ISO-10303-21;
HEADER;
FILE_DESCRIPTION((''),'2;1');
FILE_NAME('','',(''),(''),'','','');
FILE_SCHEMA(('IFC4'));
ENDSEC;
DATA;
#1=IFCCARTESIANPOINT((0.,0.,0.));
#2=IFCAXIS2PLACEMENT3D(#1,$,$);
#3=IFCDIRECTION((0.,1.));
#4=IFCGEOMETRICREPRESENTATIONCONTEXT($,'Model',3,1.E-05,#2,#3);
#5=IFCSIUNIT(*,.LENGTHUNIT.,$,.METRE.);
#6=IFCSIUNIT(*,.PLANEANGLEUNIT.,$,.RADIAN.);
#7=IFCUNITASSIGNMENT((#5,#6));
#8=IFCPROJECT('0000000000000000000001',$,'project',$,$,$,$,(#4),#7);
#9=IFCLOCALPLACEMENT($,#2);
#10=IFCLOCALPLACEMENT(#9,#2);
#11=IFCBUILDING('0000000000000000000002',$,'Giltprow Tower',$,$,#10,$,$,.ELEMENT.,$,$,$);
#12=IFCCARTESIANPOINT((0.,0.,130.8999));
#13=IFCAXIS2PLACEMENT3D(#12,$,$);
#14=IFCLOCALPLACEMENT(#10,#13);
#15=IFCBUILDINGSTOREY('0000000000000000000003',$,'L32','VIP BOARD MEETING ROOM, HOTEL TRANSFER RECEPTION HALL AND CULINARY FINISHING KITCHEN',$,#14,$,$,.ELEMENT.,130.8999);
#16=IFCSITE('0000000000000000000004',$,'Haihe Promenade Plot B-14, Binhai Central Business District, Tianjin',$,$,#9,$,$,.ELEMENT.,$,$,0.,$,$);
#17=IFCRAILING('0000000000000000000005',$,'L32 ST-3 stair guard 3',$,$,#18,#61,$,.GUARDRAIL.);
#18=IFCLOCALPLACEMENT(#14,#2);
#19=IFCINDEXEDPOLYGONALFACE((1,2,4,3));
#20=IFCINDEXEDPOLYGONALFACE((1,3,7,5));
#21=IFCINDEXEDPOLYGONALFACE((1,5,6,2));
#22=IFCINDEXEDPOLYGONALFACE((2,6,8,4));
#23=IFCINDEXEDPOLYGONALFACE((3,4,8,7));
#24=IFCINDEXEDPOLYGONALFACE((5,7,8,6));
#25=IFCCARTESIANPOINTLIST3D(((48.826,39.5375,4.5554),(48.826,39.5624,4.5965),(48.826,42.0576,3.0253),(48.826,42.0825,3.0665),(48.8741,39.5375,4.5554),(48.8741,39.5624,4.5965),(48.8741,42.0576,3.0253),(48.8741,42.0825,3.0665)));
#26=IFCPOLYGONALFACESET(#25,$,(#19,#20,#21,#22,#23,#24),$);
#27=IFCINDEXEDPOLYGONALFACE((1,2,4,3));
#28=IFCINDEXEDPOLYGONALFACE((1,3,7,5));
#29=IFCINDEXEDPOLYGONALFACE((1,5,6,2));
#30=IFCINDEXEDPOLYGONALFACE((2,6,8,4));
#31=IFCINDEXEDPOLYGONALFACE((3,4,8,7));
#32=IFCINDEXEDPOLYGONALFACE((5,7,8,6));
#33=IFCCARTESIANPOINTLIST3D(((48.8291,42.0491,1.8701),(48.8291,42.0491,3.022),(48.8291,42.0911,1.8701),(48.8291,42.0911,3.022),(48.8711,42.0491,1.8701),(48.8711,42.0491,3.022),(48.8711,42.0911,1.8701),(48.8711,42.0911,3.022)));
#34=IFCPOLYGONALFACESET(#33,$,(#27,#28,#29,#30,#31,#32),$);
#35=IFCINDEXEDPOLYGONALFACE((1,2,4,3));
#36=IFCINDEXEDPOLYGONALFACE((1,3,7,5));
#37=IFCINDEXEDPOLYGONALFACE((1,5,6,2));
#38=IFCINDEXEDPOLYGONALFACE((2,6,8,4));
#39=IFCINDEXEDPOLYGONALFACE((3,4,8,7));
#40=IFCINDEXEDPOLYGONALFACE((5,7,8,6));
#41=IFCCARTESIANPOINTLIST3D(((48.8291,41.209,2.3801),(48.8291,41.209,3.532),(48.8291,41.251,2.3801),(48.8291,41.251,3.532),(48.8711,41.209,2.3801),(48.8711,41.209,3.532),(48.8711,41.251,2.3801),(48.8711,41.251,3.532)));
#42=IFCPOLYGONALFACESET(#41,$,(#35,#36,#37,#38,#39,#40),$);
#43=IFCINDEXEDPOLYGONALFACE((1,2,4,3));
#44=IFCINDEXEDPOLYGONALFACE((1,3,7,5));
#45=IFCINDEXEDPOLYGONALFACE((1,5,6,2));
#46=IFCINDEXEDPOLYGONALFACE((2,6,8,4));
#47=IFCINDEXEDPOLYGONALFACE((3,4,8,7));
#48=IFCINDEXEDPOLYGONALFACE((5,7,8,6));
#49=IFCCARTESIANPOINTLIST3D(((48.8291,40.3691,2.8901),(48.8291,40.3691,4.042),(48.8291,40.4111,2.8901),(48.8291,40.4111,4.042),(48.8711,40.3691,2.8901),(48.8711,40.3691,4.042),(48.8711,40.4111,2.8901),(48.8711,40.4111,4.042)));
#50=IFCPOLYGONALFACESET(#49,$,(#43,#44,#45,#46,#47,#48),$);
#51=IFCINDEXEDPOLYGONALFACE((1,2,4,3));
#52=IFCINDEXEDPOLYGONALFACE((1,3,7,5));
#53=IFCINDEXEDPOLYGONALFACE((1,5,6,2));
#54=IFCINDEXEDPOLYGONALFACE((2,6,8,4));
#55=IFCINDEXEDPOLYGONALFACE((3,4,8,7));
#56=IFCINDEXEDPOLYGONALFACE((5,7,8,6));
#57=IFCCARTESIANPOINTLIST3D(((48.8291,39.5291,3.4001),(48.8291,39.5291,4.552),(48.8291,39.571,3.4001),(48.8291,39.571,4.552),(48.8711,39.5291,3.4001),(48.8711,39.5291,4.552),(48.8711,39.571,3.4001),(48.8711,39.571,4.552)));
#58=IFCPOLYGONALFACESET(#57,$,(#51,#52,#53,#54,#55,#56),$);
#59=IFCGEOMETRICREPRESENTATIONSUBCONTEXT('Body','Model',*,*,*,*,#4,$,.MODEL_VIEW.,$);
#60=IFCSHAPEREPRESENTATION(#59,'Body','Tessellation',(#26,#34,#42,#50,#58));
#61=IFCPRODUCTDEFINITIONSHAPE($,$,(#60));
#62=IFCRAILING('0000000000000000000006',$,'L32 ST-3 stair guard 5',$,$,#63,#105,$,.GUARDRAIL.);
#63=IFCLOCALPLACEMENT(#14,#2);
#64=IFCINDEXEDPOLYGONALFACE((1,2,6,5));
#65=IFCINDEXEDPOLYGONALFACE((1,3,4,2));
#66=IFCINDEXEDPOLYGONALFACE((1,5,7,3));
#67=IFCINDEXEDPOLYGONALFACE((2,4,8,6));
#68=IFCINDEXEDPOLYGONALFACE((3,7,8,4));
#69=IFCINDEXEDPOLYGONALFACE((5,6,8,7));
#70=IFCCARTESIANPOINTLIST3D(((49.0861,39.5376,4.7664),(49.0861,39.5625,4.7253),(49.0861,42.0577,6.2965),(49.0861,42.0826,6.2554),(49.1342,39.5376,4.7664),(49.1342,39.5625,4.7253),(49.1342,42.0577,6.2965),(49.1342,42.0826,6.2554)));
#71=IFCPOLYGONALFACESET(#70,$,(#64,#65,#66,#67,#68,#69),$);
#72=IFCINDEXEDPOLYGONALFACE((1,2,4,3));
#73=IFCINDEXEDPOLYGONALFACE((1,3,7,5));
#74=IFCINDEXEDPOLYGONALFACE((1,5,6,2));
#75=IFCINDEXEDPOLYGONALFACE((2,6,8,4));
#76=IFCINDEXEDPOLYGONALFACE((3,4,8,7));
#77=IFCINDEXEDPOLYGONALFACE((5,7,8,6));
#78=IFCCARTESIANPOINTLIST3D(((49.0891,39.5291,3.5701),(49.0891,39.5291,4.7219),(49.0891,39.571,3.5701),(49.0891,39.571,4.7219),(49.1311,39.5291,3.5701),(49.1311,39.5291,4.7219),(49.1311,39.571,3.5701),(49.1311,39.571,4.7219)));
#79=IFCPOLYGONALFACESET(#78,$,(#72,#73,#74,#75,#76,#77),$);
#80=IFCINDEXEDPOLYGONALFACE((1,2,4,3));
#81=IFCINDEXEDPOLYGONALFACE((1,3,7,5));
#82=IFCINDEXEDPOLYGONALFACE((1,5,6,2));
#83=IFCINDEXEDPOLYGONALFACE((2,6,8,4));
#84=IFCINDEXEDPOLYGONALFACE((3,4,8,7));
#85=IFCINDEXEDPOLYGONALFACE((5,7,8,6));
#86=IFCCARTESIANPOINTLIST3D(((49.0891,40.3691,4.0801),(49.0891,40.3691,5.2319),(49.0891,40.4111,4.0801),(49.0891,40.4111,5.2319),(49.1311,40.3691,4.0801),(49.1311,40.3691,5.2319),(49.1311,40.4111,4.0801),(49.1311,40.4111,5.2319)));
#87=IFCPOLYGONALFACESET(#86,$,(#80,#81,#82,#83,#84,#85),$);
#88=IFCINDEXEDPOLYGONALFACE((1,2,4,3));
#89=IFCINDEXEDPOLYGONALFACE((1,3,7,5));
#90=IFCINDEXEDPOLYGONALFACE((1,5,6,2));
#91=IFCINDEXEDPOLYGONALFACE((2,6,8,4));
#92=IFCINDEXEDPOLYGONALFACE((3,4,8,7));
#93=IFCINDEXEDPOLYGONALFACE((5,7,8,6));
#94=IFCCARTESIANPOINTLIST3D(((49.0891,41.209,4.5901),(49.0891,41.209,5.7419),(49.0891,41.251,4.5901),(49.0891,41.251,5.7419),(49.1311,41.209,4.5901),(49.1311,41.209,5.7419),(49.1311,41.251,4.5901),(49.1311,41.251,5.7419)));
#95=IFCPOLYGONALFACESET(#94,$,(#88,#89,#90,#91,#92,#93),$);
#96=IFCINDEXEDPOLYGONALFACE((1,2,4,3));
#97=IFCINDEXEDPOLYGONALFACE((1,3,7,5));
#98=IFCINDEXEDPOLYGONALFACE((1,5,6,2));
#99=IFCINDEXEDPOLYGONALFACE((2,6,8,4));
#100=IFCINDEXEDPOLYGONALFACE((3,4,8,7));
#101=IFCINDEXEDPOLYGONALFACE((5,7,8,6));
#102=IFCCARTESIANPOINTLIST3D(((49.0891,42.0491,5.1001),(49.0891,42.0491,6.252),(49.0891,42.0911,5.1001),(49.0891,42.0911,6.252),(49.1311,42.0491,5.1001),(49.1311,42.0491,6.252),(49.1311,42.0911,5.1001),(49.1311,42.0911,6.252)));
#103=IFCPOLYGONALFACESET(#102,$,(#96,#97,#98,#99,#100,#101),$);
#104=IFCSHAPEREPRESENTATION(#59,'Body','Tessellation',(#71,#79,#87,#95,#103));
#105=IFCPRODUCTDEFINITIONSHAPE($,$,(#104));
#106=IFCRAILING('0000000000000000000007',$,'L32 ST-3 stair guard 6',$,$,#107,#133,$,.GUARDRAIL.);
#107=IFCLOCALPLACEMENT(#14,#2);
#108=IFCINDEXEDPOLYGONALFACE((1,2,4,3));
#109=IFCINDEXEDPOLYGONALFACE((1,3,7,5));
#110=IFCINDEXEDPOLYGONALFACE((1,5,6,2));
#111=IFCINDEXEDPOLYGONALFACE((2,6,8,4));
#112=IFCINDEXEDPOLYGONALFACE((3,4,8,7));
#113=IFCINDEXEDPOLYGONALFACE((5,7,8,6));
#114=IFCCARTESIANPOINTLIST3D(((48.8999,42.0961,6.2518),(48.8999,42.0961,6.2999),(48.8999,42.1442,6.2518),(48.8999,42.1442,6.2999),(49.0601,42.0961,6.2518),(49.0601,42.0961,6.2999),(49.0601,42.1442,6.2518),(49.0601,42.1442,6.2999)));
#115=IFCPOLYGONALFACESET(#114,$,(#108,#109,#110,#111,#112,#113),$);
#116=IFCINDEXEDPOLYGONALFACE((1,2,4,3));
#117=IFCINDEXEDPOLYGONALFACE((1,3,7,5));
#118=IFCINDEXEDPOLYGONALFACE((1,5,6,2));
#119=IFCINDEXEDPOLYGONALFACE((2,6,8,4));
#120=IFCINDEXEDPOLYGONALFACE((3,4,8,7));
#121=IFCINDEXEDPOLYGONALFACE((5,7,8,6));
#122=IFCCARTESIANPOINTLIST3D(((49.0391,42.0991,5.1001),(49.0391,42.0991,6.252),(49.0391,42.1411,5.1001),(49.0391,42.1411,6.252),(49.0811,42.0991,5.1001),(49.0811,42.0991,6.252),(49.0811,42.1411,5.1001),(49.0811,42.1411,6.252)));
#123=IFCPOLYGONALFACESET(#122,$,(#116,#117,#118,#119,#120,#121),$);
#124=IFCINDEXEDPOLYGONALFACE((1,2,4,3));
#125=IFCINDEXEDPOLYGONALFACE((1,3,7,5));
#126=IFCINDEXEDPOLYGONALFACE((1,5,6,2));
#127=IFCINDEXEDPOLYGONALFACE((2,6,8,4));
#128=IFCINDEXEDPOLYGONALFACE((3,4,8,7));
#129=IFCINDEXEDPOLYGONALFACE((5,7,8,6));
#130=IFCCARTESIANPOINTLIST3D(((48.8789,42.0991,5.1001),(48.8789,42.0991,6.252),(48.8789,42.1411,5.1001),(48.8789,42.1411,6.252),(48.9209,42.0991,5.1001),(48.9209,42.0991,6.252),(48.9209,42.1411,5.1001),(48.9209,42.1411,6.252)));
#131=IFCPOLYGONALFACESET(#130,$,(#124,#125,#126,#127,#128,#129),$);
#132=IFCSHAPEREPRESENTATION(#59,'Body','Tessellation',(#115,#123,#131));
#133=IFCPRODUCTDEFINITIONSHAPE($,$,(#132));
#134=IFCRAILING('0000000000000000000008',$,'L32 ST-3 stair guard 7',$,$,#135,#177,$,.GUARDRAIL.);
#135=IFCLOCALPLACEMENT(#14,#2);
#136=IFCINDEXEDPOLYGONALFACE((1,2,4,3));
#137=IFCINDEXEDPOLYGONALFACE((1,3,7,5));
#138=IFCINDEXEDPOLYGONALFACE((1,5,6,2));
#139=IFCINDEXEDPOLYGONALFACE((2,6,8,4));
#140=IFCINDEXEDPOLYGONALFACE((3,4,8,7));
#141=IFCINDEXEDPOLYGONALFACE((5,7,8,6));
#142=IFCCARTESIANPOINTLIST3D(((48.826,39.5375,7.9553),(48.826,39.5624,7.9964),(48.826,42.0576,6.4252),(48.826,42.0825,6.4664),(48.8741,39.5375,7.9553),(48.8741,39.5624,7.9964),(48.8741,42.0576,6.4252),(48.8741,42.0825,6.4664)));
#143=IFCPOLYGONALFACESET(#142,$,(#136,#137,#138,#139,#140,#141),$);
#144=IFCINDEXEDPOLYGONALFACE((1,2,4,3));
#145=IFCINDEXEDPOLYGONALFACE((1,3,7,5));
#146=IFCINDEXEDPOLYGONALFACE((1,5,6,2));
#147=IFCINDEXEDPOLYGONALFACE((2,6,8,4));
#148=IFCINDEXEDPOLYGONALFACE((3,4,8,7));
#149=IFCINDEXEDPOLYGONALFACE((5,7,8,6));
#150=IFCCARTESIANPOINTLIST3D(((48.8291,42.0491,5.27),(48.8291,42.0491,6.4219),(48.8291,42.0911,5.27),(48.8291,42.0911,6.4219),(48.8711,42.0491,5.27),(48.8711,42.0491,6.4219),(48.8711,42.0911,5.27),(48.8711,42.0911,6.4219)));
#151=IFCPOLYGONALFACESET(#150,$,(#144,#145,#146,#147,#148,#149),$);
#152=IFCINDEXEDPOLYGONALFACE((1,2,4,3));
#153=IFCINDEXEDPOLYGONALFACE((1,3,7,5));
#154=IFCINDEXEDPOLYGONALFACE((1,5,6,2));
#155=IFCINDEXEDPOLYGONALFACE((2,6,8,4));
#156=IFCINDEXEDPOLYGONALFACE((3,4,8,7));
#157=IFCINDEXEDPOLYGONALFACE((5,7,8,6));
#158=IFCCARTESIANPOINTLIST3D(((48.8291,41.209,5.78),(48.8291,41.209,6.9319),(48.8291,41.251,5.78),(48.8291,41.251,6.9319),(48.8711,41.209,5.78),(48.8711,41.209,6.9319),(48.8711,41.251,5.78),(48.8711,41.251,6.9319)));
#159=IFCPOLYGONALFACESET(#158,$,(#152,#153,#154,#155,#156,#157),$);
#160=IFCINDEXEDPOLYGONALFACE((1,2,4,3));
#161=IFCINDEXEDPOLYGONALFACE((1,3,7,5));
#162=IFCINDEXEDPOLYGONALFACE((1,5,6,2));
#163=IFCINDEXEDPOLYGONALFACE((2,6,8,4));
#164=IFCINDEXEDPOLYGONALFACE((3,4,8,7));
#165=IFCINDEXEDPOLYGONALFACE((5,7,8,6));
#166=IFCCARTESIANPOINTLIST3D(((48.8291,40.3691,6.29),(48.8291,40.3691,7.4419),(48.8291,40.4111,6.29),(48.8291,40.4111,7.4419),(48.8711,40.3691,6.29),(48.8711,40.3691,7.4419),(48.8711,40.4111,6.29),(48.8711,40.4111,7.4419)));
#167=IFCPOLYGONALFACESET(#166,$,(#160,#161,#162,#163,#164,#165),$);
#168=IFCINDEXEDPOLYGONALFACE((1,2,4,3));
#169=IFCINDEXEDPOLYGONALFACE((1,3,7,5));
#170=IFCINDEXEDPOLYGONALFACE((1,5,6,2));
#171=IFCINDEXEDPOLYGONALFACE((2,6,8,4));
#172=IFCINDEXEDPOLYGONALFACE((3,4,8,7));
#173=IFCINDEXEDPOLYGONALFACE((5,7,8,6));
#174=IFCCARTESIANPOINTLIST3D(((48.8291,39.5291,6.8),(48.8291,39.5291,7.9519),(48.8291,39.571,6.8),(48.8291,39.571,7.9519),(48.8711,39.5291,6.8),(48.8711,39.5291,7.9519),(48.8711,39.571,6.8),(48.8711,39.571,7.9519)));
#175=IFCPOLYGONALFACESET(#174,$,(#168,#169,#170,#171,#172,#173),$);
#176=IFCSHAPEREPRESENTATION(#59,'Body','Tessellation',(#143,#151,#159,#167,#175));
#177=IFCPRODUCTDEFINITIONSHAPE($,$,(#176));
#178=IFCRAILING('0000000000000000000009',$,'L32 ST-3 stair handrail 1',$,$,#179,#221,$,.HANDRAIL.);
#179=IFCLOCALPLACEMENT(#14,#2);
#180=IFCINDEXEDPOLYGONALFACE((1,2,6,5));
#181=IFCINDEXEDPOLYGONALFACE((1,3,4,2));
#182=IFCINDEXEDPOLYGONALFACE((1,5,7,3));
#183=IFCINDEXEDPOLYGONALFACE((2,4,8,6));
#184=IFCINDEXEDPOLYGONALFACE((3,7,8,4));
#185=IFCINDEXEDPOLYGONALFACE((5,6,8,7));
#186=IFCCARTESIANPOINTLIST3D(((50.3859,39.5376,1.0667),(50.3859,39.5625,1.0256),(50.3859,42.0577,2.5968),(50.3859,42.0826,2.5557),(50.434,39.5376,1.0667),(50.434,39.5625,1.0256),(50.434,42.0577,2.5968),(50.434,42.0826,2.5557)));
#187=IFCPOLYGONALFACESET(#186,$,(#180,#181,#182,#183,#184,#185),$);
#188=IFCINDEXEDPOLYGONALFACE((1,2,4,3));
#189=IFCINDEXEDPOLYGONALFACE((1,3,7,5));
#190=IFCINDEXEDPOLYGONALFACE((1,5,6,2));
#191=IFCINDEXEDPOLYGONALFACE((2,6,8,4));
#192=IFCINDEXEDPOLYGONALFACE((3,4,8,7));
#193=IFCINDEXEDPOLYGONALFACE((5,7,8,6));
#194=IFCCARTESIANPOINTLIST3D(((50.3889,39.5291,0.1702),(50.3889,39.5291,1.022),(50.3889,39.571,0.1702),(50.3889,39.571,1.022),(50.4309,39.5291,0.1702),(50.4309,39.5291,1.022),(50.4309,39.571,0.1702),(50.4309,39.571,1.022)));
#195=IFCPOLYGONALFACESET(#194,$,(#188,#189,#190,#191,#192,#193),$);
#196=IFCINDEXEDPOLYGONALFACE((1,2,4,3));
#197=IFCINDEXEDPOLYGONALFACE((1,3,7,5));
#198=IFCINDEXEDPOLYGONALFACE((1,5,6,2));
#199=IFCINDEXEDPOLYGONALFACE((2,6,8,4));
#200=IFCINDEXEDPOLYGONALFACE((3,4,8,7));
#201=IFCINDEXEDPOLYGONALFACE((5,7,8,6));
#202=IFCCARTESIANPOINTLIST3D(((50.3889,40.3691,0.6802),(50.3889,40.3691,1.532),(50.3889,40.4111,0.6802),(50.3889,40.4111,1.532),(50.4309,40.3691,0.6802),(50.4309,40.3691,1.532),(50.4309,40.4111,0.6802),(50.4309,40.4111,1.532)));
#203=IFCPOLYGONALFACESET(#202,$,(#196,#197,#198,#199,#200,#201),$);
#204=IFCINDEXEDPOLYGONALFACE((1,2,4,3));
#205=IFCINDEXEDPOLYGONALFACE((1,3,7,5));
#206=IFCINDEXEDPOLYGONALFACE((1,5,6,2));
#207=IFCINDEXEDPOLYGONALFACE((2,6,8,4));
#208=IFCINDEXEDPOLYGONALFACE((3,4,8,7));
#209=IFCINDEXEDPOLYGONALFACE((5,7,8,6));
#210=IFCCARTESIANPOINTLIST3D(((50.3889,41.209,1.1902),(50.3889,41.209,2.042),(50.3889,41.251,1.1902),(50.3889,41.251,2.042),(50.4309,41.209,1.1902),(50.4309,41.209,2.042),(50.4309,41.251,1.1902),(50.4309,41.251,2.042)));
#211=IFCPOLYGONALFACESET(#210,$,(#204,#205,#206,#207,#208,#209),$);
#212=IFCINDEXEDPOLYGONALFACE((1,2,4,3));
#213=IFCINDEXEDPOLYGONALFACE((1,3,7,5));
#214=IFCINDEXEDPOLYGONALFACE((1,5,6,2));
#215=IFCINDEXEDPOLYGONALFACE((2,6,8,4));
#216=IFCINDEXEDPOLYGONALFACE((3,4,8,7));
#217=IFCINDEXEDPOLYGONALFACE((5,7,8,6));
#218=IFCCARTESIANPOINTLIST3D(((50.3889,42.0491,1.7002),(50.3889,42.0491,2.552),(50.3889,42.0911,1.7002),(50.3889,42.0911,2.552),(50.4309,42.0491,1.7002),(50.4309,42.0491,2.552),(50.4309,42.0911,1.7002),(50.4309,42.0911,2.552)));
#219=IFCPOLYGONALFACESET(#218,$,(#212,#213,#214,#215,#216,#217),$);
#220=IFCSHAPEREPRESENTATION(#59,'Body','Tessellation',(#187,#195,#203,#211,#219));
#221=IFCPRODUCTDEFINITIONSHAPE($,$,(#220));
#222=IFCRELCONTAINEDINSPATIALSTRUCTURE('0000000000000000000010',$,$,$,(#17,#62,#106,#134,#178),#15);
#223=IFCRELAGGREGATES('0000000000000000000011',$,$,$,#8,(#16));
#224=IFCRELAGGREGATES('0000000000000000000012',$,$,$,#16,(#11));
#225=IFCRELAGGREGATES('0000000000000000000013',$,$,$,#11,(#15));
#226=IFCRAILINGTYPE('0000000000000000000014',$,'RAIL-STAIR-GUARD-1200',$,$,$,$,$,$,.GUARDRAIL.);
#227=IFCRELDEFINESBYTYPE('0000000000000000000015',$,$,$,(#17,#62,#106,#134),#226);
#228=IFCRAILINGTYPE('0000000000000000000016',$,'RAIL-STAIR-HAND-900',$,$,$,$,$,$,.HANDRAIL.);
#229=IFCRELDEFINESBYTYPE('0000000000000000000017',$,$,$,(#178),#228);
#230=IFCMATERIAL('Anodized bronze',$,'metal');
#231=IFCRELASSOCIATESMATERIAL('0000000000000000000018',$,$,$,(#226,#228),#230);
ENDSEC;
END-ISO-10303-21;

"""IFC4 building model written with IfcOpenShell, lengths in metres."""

from ifc_helpers import new_model, si_unit, direction, frame, origin, origin_2d, place, context, subcontext, project, spatial, rectangle, extrude, material, type_object, element, save


model = new_model("IFC4")

# Units and contexts
model_context = context("Model", 3, precision=1e-05, world=origin(), true_north=direction((0.0, 1.0)))
body_context = subcontext(model_context, "Body", "Model", "MODEL_VIEW")
ifc_project = project(units=[si_unit("LENGTHUNIT", "METRE"), si_unit("PLANEANGLEUNIT", "RADIAN")], contexts=[model_context])

# Site, building, storey
site_placement = place(None, origin())
site = spatial("IfcSite", under=ifc_project, at=site_placement, Name="Haihe Promenade Plot B-14, Binhai Central Business District, Tianjin", CompositionType="ELEMENT", RefElevation=0.0)
building_placement = place(site_placement, origin())
building = spatial("IfcBuilding", under=site, at=building_placement, Name="Giltprow Tower", CompositionType="ELEMENT")
storey_placement = place(building_placement, frame((0.0, 0.0, 130.8999)))
storey = spatial("IfcBuildingStorey", under=building, at=storey_placement, Name="L32", Description="VIP BOARD MEETING ROOM, HOTEL TRANSFER RECEPTION HALL AND CULINARY FINISHING KITCHEN", CompositionType="ELEMENT", Elevation=130.8999)

# Railings
ifc_material_1 = material(Name="Anodized bronze", Category="metal")
railing_type_1 = type_object("IfcRailingType", Name="RAIL-STAIR-GUARD-1200", PredefinedType="GUARDRAIL", material=ifc_material_1)
railing_1_placement = place(storey_placement, frame((48.8501, 42.0701, 1.8701)))
element("IfcRailing", 1, at=railing_1_placement, inside=storey, type_object=railing_type_1, Name="L32 ST-3 stair guard 3", PredefinedType="GUARDRAIL", context=body_context, shape_type="SweptSolid", body=[
    extrude(rectangle(XDim=0.0481, YDim=0.0481, at=origin_2d()), frame((0.0, 0.0, 1.1758), z_axis=(0.0, -0.854785, 0.518982), x_axis=(1.0, 0.0, 0.0)), (0.0, 0.0, 1.0), 2.9482),
    extrude(rectangle(XDim=0.042, YDim=0.042, at=origin_2d()), origin(), (0.0, 0.0, 1.0), 1.1519),
    extrude(rectangle(XDim=0.042, YDim=0.042, at=origin_2d()), frame((0.0, -0.8401, 0.51)), (0.0, 0.0, 1.0), 1.1519),
    extrude(rectangle(XDim=0.042, YDim=0.042, at=origin_2d()), frame((0.0, -1.6799, 1.02)), (0.0, 0.0, 1.0), 1.1519),
    extrude(rectangle(XDim=0.042, YDim=0.042, at=origin_2d()), frame((0.0, -2.52, 1.53)), (0.0, 0.0, 1.0), 1.1519),
])
railing_2_placement = place(storey_placement, frame((49.1101, 39.55, 3.5701)))
element("IfcRailing", 2, at=railing_2_placement, inside=storey, type_object=railing_type_1, Name="L32 ST-3 stair guard 5", PredefinedType="GUARDRAIL", context=body_context, shape_type="SweptSolid", body=[
    extrude(rectangle(XDim=0.0481, YDim=0.0481, at=origin_2d()), frame((0.0, 0.0, 1.1758), z_axis=(0.0, 0.854785, 0.518982), x_axis=(-1.0, 0.0, 0.0)), (0.0, 0.0, 1.0), 2.9482),
    extrude(rectangle(XDim=0.042, YDim=0.042, at=origin_2d()), origin(), (0.0, 0.0, 1.0), 1.1519),
    extrude(rectangle(XDim=0.042, YDim=0.042, at=origin_2d()), frame((0.0, 0.8401, 0.51)), (0.0, 0.0, 1.0), 1.1519),
    extrude(rectangle(XDim=0.042, YDim=0.042, at=origin_2d()), frame((0.0, 1.6799, 1.02)), (0.0, 0.0, 1.0), 1.1519),
    extrude(rectangle(XDim=0.042, YDim=0.042, at=origin_2d()), frame((0.0, 2.52, 1.53)), (0.0, 0.0, 1.0), 1.1519),
])
railing_3_placement = place(storey_placement, frame((49.0601, 42.1201, 5.1001)))
element("IfcRailing", 3, at=railing_3_placement, inside=storey, type_object=railing_type_1, Name="L32 ST-3 stair guard 6", PredefinedType="GUARDRAIL", context=body_context, shape_type="SweptSolid", body=[
    extrude(rectangle(XDim=0.0481, YDim=0.0481, at=origin_2d()), frame((0.0, 0.0, 1.1758), z_axis=(-1.0, 0.0, 0.0), x_axis=(0.0, -1.0, 0.0)), (0.0, 0.0, 1.0), 0.1602),
    extrude(rectangle(XDim=0.042, YDim=0.042, at=origin_2d()), origin(), (0.0, 0.0, 1.0), 1.1519),
    extrude(rectangle(XDim=0.042, YDim=0.042, at=origin_2d()), frame((-0.1602, 0.0, 0.0)), (0.0, 0.0, 1.0), 1.1519),
])
railing_4_placement = place(storey_placement, frame((48.8501, 42.0701, 5.27)))
element("IfcRailing", 4, at=railing_4_placement, inside=storey, type_object=railing_type_1, Name="L32 ST-3 stair guard 7", PredefinedType="GUARDRAIL", context=body_context, shape_type="SweptSolid", body=[
    extrude(rectangle(XDim=0.0481, YDim=0.0481, at=origin_2d()), frame((0.0, 0.0, 1.1758), z_axis=(0.0, -0.854785, 0.518982), x_axis=(1.0, 0.0, 0.0)), (0.0, 0.0, 1.0), 2.9482),
    extrude(rectangle(XDim=0.042, YDim=0.042, at=origin_2d()), origin(), (0.0, 0.0, 1.0), 1.1519),
    extrude(rectangle(XDim=0.042, YDim=0.042, at=origin_2d()), frame((0.0, -0.8401, 0.51)), (0.0, 0.0, 1.0), 1.1519),
    extrude(rectangle(XDim=0.042, YDim=0.042, at=origin_2d()), frame((0.0, -1.6799, 1.02)), (0.0, 0.0, 1.0), 1.1519),
    extrude(rectangle(XDim=0.042, YDim=0.042, at=origin_2d()), frame((0.0, -2.52, 1.53)), (0.0, 0.0, 1.0), 1.1519),
])
railing_type_2 = type_object("IfcRailingType", Name="RAIL-STAIR-HAND-900", PredefinedType="HANDRAIL", material=ifc_material_1)
for number, where, name in (
    (5, (50.4099, 39.55, 0.1702), "L32 ST-3 stair handrail 1"),
):
    element("IfcRailing", number, at=place(storey_placement, frame(where)), inside=storey, type_object=railing_type_2, Name=name, PredefinedType="HANDRAIL", context=body_context, shape_type="SweptSolid", body=[
        extrude(rectangle(XDim=0.0481, YDim=0.0481, at=origin_2d()), frame((0.0, 0.0, 0.876), z_axis=(0.0, 0.854785, 0.518982), x_axis=(-1.0, 0.0, 0.0)), (0.0, 0.0, 1.0), 2.9482),
        extrude(rectangle(XDim=0.042, YDim=0.042, at=origin_2d()), origin(), (0.0, 0.0, 1.0), 0.8518),
        extrude(rectangle(XDim=0.042, YDim=0.042, at=origin_2d()), frame((0.0, 0.8401, 0.51)), (0.0, 0.0, 1.0), 0.8518),
        extrude(rectangle(XDim=0.042, YDim=0.042, at=origin_2d()), frame((0.0, 1.6799, 1.02)), (0.0, 0.0, 1.0), 0.8518),
        extrude(rectangle(XDim=0.042, YDim=0.042, at=origin_2d()), frame((0.0, 2.52, 1.53)), (0.0, 0.0, 1.0), 0.8518),
    ])

save(model, "model.ifc")
